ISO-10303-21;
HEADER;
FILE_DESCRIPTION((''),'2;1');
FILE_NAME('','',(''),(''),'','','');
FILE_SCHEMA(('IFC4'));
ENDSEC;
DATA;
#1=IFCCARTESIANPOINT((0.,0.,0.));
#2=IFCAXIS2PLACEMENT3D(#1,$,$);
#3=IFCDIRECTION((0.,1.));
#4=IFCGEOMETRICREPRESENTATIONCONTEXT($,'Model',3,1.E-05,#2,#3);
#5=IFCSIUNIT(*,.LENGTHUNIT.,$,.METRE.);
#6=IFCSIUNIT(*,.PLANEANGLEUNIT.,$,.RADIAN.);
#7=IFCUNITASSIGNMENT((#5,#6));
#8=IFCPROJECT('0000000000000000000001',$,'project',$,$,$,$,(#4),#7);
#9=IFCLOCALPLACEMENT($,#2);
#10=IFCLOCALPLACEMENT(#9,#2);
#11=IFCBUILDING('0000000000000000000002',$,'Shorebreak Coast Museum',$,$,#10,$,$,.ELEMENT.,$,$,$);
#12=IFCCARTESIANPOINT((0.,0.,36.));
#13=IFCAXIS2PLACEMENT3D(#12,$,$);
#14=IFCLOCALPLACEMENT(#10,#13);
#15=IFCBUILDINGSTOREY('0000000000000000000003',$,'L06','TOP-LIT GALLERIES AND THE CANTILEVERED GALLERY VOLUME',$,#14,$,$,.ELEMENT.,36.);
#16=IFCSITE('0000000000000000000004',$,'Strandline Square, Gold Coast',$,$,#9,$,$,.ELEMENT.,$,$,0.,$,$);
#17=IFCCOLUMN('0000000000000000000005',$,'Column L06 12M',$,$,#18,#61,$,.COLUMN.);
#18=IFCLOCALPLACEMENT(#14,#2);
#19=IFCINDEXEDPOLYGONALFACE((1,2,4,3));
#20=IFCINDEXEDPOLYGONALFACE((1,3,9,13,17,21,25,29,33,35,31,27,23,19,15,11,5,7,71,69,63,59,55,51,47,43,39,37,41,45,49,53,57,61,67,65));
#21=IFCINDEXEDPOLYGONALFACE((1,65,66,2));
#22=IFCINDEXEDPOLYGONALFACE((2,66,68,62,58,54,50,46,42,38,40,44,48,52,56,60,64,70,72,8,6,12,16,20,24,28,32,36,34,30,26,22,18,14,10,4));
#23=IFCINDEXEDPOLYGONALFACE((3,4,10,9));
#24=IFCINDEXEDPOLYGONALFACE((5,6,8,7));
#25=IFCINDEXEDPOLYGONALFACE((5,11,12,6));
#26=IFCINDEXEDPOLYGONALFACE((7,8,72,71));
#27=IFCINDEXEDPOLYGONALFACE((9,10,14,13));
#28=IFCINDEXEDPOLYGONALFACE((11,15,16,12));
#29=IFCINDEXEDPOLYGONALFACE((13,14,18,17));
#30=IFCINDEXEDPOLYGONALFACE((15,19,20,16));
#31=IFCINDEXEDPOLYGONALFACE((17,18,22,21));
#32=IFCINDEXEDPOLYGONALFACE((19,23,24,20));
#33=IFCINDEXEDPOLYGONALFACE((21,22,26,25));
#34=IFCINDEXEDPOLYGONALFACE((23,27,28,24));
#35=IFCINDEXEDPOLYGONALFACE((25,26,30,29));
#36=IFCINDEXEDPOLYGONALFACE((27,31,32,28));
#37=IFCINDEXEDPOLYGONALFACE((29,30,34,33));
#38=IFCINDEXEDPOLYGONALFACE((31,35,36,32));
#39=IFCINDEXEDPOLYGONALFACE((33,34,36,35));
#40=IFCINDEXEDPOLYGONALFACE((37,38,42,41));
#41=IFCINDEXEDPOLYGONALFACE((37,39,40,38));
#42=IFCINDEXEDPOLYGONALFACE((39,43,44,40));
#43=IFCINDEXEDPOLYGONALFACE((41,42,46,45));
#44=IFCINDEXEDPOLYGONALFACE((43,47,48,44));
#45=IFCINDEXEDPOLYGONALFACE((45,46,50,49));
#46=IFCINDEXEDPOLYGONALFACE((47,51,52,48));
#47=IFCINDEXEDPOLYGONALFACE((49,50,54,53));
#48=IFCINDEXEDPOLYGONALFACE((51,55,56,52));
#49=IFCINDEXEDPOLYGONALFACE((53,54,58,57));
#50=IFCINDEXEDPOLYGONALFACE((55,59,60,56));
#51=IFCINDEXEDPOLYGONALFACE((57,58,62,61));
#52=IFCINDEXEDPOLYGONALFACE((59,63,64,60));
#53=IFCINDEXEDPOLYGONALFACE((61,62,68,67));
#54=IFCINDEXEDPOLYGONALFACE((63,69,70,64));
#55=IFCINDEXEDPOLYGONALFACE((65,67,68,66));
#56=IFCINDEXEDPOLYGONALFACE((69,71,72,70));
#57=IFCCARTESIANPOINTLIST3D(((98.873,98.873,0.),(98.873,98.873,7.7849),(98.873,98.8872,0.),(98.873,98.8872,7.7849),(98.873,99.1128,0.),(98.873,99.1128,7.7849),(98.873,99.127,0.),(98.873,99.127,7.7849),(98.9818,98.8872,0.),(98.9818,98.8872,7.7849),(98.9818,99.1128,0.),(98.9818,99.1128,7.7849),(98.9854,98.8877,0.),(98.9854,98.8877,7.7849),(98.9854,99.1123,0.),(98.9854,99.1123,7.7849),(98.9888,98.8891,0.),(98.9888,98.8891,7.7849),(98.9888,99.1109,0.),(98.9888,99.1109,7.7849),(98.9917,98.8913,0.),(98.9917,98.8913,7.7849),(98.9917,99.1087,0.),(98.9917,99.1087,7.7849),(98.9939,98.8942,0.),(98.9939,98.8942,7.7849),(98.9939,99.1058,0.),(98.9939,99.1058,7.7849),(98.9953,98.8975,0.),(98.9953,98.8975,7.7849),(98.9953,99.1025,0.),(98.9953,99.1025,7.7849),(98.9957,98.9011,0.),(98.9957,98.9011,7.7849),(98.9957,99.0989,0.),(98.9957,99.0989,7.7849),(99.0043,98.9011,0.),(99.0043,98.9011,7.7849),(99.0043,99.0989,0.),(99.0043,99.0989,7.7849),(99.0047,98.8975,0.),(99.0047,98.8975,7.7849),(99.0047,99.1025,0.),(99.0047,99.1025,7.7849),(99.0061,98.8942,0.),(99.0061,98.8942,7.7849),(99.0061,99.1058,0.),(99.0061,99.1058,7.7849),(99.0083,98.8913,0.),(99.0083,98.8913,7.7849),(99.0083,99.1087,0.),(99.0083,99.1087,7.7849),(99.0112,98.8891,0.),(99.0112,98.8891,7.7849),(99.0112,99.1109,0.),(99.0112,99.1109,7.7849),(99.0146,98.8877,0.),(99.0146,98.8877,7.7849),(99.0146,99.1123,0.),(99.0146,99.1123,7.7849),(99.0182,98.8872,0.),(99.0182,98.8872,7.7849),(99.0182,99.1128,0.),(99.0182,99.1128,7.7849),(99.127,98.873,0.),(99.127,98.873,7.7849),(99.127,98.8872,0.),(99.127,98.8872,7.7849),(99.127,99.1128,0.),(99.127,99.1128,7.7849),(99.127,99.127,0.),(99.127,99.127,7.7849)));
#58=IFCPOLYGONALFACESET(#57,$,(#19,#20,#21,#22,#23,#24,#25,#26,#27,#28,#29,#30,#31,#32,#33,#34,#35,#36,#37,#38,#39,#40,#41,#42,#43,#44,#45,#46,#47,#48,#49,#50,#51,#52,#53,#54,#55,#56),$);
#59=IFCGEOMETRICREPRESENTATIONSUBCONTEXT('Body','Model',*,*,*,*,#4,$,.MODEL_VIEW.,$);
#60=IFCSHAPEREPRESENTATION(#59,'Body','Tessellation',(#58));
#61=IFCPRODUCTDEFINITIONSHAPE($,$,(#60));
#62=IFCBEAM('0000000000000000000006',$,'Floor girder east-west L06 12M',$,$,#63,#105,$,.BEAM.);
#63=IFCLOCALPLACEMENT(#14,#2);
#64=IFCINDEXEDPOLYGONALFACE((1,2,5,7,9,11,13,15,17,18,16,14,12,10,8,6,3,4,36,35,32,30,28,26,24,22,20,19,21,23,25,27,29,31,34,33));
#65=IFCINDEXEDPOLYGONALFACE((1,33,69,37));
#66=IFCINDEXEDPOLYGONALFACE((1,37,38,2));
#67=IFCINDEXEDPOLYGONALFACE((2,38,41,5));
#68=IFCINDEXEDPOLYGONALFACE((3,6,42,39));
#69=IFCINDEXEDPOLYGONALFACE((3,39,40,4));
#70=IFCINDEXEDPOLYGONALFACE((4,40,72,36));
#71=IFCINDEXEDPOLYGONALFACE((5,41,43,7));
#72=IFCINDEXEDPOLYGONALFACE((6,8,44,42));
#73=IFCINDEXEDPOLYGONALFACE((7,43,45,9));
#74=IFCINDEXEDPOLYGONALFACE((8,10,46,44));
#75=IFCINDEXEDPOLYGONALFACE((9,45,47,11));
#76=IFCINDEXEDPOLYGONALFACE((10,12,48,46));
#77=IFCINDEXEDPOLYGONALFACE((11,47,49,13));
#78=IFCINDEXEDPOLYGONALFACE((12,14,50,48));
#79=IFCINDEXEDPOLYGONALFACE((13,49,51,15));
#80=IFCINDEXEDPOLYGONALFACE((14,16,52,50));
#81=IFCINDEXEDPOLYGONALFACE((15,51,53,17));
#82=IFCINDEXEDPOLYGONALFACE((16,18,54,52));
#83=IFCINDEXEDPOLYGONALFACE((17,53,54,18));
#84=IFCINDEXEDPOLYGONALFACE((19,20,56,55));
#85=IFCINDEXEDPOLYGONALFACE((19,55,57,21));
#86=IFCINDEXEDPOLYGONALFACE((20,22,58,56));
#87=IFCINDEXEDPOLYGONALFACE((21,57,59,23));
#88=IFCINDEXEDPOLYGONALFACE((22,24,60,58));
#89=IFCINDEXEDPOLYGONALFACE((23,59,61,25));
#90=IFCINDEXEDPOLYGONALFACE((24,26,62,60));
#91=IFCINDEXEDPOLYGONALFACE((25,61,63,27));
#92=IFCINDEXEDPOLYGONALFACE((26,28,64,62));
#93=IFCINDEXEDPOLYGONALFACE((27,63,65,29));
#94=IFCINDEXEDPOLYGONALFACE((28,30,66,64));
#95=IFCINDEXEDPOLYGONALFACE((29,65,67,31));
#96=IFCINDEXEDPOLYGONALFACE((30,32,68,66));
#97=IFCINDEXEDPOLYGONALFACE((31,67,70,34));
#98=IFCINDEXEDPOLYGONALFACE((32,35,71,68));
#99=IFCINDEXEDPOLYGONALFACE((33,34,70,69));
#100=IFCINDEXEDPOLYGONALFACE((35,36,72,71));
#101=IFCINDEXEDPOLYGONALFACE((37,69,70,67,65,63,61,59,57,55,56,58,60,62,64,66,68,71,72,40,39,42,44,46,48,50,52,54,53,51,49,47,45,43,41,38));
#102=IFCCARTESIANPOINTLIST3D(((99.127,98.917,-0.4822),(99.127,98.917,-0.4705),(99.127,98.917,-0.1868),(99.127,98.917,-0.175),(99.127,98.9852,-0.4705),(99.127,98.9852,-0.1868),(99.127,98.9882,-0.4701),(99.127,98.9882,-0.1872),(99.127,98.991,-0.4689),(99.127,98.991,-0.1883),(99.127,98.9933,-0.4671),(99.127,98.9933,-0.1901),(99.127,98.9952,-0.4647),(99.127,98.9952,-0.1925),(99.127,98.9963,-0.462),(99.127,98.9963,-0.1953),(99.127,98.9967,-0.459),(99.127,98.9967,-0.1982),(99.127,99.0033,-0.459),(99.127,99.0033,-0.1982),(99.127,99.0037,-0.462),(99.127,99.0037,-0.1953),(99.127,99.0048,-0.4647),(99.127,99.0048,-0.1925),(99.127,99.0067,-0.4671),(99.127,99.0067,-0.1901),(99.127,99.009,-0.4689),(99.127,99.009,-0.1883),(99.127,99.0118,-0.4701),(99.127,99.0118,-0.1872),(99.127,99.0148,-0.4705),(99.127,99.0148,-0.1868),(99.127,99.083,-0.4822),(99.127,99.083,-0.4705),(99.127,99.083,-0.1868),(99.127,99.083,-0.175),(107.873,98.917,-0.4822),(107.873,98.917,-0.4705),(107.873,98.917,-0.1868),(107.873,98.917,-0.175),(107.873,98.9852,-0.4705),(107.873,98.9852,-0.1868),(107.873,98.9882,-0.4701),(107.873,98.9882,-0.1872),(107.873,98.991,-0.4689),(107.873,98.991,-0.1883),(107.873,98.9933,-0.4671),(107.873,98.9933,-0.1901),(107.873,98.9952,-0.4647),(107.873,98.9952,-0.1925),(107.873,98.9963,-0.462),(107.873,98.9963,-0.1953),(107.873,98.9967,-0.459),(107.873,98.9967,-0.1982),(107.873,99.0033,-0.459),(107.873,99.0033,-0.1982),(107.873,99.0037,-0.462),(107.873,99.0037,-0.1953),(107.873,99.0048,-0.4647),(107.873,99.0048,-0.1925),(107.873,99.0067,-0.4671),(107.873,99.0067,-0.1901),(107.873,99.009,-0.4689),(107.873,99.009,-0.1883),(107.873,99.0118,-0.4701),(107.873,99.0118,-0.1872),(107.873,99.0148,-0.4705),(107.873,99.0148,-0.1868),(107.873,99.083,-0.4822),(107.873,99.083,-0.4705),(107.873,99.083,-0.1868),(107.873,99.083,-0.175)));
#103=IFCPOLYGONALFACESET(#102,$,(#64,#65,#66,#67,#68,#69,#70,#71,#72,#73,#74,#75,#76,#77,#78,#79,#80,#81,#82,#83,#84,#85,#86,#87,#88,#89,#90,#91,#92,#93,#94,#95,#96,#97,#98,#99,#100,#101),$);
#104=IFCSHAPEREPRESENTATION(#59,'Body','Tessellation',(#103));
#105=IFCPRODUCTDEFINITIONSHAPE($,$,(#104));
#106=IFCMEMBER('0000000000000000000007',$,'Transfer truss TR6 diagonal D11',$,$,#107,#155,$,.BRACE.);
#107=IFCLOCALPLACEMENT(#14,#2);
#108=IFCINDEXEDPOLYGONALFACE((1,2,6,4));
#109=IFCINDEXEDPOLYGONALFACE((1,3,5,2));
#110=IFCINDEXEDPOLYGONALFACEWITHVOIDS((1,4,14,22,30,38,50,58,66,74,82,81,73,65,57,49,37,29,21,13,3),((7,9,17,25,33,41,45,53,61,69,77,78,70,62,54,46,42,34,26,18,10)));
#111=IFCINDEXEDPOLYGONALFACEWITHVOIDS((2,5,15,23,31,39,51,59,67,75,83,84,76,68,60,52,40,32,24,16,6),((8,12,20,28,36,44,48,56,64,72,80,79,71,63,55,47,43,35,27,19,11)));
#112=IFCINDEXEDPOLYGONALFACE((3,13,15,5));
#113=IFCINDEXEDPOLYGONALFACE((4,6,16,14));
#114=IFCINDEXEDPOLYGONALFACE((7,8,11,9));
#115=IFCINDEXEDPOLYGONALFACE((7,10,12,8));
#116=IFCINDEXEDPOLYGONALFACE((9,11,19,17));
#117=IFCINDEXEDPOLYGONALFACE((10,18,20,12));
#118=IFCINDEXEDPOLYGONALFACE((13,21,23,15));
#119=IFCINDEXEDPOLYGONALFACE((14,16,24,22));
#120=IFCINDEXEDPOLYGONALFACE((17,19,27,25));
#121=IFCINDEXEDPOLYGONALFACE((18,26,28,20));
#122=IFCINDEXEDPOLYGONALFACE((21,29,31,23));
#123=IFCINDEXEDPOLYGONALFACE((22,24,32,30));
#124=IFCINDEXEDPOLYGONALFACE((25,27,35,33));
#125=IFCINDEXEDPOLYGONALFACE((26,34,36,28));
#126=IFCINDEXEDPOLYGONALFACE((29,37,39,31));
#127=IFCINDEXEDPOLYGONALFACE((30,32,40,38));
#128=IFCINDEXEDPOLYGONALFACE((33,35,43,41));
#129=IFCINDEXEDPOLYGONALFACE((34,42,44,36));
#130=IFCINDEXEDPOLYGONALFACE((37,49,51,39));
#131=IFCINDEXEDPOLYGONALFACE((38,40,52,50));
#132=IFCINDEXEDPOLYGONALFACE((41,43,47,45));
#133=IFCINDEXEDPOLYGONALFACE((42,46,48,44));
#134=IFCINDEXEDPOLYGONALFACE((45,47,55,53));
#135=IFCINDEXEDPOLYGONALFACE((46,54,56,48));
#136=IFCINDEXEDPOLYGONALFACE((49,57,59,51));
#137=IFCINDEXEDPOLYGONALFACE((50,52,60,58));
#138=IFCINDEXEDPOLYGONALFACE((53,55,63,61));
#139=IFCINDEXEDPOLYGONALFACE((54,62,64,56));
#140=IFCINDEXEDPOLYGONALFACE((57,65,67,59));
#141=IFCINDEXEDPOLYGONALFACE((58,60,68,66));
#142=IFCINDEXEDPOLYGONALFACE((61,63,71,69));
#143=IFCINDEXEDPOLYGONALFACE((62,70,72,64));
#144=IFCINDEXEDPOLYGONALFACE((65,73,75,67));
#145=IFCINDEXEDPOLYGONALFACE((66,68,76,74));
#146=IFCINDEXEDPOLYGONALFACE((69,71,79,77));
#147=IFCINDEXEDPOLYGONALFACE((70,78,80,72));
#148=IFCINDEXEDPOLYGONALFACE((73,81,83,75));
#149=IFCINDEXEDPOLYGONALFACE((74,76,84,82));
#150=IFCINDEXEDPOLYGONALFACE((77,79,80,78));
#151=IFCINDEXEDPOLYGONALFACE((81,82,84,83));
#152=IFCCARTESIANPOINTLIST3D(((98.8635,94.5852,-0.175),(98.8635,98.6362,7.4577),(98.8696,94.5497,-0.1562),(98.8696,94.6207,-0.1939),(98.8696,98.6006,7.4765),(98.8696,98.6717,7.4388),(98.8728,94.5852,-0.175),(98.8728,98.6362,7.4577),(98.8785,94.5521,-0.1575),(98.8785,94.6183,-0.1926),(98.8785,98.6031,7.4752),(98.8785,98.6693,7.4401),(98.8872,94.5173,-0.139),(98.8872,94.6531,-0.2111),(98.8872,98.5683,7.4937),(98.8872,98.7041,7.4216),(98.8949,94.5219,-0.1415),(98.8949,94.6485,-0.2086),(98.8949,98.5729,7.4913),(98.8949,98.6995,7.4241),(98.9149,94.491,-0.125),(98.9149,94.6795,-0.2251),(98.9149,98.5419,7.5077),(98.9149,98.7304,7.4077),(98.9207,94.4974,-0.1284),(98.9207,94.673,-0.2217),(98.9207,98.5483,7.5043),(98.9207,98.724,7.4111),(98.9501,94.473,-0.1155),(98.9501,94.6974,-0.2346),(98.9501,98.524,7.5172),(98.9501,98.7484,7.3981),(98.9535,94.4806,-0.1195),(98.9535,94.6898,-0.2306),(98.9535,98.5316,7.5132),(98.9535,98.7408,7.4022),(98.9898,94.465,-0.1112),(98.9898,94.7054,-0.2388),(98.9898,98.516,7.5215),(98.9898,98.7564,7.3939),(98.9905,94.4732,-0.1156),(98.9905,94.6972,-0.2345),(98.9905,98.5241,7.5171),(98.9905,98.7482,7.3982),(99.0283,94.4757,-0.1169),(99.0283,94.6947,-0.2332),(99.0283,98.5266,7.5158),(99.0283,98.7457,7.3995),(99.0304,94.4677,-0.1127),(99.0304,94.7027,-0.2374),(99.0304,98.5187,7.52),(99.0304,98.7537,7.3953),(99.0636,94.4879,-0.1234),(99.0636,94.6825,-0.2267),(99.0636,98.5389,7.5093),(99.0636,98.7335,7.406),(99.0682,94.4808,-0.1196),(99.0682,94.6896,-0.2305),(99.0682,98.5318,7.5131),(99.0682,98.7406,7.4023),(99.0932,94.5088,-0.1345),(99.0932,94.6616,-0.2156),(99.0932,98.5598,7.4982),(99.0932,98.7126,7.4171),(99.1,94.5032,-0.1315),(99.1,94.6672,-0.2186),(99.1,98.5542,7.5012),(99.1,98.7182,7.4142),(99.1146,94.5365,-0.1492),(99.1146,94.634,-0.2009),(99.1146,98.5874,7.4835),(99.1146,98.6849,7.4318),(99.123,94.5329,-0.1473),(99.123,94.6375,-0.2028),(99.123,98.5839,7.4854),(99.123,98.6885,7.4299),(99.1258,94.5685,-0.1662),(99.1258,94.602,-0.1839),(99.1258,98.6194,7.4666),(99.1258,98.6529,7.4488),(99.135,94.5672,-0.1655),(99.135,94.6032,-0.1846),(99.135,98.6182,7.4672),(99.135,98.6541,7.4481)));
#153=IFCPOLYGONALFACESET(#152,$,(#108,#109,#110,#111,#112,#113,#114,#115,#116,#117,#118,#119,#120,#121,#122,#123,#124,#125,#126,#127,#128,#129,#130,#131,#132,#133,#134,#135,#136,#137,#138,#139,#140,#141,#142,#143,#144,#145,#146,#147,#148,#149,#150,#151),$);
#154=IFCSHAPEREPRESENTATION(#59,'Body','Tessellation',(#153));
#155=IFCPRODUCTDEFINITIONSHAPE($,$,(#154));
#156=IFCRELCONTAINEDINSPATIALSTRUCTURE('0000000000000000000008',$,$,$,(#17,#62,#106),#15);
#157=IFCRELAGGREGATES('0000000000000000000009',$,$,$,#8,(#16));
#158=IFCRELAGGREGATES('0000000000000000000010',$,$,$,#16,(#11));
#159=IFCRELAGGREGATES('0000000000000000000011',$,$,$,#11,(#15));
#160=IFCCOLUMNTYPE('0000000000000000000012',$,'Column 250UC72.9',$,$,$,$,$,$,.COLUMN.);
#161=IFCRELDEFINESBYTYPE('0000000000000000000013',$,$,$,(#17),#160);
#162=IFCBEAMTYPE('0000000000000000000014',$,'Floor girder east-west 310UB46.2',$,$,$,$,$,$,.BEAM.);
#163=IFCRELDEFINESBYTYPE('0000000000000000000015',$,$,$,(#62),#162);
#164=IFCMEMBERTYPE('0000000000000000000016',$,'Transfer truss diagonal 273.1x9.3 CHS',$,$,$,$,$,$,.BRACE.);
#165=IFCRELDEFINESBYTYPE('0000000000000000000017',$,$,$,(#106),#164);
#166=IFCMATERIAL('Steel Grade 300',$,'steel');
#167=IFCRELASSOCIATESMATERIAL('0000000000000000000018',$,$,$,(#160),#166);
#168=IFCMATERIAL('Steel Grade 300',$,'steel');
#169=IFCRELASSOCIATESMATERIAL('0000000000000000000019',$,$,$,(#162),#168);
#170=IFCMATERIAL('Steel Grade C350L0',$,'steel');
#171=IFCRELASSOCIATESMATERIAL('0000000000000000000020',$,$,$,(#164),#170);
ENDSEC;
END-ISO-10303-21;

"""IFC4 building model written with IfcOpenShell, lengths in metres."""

from ifc_helpers import new_model, si_unit, direction, frame, origin, origin_2d, place, context, subcontext, project, spatial, hollow_circle, i_section, extrude, material, material_profile, profile_set, type_object, element, save


model = new_model("IFC4")

# Units and contexts
model_context = context("Model", 3, precision=1e-05, world=origin(), true_north=direction((0.0, 1.0)))
body_context = subcontext(model_context, "Body", "Model", "MODEL_VIEW")
ifc_project = project(units=[si_unit("LENGTHUNIT", "METRE"), si_unit("PLANEANGLEUNIT", "RADIAN")], contexts=[model_context])

# Site, building, storey
site_placement = place(None, origin())
site = spatial("IfcSite", under=ifc_project, at=site_placement, Name="Strandline Square, Gold Coast", CompositionType="ELEMENT", RefElevation=0.0)
building_placement = place(site_placement, origin())
building = spatial("IfcBuilding", under=site, at=building_placement, Name="Shorebreak Coast Museum", CompositionType="ELEMENT")
storey_placement = place(building_placement, frame((0.0, 0.0, 36.0)))
storey = spatial("IfcBuildingStorey", under=building, at=storey_placement, Name="L06", Description="TOP-LIT GALLERIES AND THE CANTILEVERED GALLERY VOLUME", CompositionType="ELEMENT", Elevation=36.0)

# Column
ifc_material_1 = material(Name="Steel Grade 300", Category="steel")
ifc_material_profile_1 = material_profile(ifc_material_1, i_section(OverallWidth=0.2539, OverallDepth=0.2539, WebThickness=0.0085, FlangeThickness=0.0142, FilletRadius=0.0139, at=origin_2d()), Name="250UC72.9")
ifc_profile_set_1 = profile_set([ifc_material_profile_1], Name="Steel Grade 300")
column_type = type_object("IfcColumnType", Name="Column 250UC72.9", PredefinedType="COLUMN", material=ifc_profile_set_1)
column_placement = place(storey_placement, frame((99.0, 99.0, 0.0), z_axis=(0.0, 0.0, 1.0), x_axis=(1.0, 0.0, 0.0)))
element("IfcColumn", 1, at=column_placement, inside=storey, type_object=column_type, Name="Column L06 12M", PredefinedType="COLUMN", context=body_context, shape_type="SweptSolid", body=[
    extrude(i_section(OverallWidth=0.2539, OverallDepth=0.2539, WebThickness=0.0085, FlangeThickness=0.0142, FilletRadius=0.0139, at=origin_2d()), origin(), (0.0, 0.0, 1.0), 7.7849),
])

# Beam
ifc_material_2 = material(Name="Steel Grade 300", Category="steel")
ifc_material_profile_2 = material_profile(ifc_material_2, i_section(OverallWidth=0.166, OverallDepth=0.3071, WebThickness=0.0066, FlangeThickness=0.0117, FilletRadius=0.0115, at=origin_2d()), Name="310UB46.2")
ifc_profile_set_2 = profile_set([ifc_material_profile_2], Name="Steel Grade 300")
beam_type = type_object("IfcBeamType", Name="Floor girder east-west 310UB46.2", PredefinedType="BEAM", material=ifc_profile_set_2)
beam_placement = place(storey_placement, frame((99.127, 99.0, -0.3286), z_axis=(1.0, 0.0, 0.0), x_axis=(0.0, 1.0, 0.0)))
element("IfcBeam", 2, at=beam_placement, inside=storey, type_object=beam_type, Name="Floor girder east-west L06 12M", PredefinedType="BEAM", context=body_context, shape_type="SweptSolid", body=[
    extrude(i_section(OverallWidth=0.166, OverallDepth=0.3071, WebThickness=0.0066, FlangeThickness=0.0117, FilletRadius=0.0115, at=origin_2d()), origin(), (0.0, 0.0, 1.0), 8.7461),
])

# Member
ifc_material_3 = material(Name="Steel Grade C350L0", Category="steel")
ifc_material_profile_3 = material_profile(ifc_material_3, hollow_circle(Radius=0.1365, WallThickness=0.0093, at=origin_2d()), Name="273.1x9.3 CHS")
ifc_profile_set_3 = profile_set([ifc_material_profile_3], Name="Steel Grade C350L0")
member_type_1 = type_object("IfcMemberType", Name="Transfer truss diagonal 273.1x9.3 CHS", PredefinedType="BRACE", material=ifc_profile_set_3)
member_1_placement = place(storey_placement, frame((99.0, 94.5852, -0.175), z_axis=(0.0, 0.468803, 0.883303), x_axis=(-1.0, 0.0, 0.0)))
element("IfcMember", 3, at=member_1_placement, inside=storey, type_object=member_type_1, Name="Transfer truss TR6 diagonal D11", PredefinedType="BRACE", context=body_context, shape_type="SweptSolid", body=[
    extrude(hollow_circle(Radius=0.1365, WallThickness=0.0093, at=origin_2d()), origin(), (0.0, 0.0, 1.0), 8.6411),
])

save(model, "model.ifc")
